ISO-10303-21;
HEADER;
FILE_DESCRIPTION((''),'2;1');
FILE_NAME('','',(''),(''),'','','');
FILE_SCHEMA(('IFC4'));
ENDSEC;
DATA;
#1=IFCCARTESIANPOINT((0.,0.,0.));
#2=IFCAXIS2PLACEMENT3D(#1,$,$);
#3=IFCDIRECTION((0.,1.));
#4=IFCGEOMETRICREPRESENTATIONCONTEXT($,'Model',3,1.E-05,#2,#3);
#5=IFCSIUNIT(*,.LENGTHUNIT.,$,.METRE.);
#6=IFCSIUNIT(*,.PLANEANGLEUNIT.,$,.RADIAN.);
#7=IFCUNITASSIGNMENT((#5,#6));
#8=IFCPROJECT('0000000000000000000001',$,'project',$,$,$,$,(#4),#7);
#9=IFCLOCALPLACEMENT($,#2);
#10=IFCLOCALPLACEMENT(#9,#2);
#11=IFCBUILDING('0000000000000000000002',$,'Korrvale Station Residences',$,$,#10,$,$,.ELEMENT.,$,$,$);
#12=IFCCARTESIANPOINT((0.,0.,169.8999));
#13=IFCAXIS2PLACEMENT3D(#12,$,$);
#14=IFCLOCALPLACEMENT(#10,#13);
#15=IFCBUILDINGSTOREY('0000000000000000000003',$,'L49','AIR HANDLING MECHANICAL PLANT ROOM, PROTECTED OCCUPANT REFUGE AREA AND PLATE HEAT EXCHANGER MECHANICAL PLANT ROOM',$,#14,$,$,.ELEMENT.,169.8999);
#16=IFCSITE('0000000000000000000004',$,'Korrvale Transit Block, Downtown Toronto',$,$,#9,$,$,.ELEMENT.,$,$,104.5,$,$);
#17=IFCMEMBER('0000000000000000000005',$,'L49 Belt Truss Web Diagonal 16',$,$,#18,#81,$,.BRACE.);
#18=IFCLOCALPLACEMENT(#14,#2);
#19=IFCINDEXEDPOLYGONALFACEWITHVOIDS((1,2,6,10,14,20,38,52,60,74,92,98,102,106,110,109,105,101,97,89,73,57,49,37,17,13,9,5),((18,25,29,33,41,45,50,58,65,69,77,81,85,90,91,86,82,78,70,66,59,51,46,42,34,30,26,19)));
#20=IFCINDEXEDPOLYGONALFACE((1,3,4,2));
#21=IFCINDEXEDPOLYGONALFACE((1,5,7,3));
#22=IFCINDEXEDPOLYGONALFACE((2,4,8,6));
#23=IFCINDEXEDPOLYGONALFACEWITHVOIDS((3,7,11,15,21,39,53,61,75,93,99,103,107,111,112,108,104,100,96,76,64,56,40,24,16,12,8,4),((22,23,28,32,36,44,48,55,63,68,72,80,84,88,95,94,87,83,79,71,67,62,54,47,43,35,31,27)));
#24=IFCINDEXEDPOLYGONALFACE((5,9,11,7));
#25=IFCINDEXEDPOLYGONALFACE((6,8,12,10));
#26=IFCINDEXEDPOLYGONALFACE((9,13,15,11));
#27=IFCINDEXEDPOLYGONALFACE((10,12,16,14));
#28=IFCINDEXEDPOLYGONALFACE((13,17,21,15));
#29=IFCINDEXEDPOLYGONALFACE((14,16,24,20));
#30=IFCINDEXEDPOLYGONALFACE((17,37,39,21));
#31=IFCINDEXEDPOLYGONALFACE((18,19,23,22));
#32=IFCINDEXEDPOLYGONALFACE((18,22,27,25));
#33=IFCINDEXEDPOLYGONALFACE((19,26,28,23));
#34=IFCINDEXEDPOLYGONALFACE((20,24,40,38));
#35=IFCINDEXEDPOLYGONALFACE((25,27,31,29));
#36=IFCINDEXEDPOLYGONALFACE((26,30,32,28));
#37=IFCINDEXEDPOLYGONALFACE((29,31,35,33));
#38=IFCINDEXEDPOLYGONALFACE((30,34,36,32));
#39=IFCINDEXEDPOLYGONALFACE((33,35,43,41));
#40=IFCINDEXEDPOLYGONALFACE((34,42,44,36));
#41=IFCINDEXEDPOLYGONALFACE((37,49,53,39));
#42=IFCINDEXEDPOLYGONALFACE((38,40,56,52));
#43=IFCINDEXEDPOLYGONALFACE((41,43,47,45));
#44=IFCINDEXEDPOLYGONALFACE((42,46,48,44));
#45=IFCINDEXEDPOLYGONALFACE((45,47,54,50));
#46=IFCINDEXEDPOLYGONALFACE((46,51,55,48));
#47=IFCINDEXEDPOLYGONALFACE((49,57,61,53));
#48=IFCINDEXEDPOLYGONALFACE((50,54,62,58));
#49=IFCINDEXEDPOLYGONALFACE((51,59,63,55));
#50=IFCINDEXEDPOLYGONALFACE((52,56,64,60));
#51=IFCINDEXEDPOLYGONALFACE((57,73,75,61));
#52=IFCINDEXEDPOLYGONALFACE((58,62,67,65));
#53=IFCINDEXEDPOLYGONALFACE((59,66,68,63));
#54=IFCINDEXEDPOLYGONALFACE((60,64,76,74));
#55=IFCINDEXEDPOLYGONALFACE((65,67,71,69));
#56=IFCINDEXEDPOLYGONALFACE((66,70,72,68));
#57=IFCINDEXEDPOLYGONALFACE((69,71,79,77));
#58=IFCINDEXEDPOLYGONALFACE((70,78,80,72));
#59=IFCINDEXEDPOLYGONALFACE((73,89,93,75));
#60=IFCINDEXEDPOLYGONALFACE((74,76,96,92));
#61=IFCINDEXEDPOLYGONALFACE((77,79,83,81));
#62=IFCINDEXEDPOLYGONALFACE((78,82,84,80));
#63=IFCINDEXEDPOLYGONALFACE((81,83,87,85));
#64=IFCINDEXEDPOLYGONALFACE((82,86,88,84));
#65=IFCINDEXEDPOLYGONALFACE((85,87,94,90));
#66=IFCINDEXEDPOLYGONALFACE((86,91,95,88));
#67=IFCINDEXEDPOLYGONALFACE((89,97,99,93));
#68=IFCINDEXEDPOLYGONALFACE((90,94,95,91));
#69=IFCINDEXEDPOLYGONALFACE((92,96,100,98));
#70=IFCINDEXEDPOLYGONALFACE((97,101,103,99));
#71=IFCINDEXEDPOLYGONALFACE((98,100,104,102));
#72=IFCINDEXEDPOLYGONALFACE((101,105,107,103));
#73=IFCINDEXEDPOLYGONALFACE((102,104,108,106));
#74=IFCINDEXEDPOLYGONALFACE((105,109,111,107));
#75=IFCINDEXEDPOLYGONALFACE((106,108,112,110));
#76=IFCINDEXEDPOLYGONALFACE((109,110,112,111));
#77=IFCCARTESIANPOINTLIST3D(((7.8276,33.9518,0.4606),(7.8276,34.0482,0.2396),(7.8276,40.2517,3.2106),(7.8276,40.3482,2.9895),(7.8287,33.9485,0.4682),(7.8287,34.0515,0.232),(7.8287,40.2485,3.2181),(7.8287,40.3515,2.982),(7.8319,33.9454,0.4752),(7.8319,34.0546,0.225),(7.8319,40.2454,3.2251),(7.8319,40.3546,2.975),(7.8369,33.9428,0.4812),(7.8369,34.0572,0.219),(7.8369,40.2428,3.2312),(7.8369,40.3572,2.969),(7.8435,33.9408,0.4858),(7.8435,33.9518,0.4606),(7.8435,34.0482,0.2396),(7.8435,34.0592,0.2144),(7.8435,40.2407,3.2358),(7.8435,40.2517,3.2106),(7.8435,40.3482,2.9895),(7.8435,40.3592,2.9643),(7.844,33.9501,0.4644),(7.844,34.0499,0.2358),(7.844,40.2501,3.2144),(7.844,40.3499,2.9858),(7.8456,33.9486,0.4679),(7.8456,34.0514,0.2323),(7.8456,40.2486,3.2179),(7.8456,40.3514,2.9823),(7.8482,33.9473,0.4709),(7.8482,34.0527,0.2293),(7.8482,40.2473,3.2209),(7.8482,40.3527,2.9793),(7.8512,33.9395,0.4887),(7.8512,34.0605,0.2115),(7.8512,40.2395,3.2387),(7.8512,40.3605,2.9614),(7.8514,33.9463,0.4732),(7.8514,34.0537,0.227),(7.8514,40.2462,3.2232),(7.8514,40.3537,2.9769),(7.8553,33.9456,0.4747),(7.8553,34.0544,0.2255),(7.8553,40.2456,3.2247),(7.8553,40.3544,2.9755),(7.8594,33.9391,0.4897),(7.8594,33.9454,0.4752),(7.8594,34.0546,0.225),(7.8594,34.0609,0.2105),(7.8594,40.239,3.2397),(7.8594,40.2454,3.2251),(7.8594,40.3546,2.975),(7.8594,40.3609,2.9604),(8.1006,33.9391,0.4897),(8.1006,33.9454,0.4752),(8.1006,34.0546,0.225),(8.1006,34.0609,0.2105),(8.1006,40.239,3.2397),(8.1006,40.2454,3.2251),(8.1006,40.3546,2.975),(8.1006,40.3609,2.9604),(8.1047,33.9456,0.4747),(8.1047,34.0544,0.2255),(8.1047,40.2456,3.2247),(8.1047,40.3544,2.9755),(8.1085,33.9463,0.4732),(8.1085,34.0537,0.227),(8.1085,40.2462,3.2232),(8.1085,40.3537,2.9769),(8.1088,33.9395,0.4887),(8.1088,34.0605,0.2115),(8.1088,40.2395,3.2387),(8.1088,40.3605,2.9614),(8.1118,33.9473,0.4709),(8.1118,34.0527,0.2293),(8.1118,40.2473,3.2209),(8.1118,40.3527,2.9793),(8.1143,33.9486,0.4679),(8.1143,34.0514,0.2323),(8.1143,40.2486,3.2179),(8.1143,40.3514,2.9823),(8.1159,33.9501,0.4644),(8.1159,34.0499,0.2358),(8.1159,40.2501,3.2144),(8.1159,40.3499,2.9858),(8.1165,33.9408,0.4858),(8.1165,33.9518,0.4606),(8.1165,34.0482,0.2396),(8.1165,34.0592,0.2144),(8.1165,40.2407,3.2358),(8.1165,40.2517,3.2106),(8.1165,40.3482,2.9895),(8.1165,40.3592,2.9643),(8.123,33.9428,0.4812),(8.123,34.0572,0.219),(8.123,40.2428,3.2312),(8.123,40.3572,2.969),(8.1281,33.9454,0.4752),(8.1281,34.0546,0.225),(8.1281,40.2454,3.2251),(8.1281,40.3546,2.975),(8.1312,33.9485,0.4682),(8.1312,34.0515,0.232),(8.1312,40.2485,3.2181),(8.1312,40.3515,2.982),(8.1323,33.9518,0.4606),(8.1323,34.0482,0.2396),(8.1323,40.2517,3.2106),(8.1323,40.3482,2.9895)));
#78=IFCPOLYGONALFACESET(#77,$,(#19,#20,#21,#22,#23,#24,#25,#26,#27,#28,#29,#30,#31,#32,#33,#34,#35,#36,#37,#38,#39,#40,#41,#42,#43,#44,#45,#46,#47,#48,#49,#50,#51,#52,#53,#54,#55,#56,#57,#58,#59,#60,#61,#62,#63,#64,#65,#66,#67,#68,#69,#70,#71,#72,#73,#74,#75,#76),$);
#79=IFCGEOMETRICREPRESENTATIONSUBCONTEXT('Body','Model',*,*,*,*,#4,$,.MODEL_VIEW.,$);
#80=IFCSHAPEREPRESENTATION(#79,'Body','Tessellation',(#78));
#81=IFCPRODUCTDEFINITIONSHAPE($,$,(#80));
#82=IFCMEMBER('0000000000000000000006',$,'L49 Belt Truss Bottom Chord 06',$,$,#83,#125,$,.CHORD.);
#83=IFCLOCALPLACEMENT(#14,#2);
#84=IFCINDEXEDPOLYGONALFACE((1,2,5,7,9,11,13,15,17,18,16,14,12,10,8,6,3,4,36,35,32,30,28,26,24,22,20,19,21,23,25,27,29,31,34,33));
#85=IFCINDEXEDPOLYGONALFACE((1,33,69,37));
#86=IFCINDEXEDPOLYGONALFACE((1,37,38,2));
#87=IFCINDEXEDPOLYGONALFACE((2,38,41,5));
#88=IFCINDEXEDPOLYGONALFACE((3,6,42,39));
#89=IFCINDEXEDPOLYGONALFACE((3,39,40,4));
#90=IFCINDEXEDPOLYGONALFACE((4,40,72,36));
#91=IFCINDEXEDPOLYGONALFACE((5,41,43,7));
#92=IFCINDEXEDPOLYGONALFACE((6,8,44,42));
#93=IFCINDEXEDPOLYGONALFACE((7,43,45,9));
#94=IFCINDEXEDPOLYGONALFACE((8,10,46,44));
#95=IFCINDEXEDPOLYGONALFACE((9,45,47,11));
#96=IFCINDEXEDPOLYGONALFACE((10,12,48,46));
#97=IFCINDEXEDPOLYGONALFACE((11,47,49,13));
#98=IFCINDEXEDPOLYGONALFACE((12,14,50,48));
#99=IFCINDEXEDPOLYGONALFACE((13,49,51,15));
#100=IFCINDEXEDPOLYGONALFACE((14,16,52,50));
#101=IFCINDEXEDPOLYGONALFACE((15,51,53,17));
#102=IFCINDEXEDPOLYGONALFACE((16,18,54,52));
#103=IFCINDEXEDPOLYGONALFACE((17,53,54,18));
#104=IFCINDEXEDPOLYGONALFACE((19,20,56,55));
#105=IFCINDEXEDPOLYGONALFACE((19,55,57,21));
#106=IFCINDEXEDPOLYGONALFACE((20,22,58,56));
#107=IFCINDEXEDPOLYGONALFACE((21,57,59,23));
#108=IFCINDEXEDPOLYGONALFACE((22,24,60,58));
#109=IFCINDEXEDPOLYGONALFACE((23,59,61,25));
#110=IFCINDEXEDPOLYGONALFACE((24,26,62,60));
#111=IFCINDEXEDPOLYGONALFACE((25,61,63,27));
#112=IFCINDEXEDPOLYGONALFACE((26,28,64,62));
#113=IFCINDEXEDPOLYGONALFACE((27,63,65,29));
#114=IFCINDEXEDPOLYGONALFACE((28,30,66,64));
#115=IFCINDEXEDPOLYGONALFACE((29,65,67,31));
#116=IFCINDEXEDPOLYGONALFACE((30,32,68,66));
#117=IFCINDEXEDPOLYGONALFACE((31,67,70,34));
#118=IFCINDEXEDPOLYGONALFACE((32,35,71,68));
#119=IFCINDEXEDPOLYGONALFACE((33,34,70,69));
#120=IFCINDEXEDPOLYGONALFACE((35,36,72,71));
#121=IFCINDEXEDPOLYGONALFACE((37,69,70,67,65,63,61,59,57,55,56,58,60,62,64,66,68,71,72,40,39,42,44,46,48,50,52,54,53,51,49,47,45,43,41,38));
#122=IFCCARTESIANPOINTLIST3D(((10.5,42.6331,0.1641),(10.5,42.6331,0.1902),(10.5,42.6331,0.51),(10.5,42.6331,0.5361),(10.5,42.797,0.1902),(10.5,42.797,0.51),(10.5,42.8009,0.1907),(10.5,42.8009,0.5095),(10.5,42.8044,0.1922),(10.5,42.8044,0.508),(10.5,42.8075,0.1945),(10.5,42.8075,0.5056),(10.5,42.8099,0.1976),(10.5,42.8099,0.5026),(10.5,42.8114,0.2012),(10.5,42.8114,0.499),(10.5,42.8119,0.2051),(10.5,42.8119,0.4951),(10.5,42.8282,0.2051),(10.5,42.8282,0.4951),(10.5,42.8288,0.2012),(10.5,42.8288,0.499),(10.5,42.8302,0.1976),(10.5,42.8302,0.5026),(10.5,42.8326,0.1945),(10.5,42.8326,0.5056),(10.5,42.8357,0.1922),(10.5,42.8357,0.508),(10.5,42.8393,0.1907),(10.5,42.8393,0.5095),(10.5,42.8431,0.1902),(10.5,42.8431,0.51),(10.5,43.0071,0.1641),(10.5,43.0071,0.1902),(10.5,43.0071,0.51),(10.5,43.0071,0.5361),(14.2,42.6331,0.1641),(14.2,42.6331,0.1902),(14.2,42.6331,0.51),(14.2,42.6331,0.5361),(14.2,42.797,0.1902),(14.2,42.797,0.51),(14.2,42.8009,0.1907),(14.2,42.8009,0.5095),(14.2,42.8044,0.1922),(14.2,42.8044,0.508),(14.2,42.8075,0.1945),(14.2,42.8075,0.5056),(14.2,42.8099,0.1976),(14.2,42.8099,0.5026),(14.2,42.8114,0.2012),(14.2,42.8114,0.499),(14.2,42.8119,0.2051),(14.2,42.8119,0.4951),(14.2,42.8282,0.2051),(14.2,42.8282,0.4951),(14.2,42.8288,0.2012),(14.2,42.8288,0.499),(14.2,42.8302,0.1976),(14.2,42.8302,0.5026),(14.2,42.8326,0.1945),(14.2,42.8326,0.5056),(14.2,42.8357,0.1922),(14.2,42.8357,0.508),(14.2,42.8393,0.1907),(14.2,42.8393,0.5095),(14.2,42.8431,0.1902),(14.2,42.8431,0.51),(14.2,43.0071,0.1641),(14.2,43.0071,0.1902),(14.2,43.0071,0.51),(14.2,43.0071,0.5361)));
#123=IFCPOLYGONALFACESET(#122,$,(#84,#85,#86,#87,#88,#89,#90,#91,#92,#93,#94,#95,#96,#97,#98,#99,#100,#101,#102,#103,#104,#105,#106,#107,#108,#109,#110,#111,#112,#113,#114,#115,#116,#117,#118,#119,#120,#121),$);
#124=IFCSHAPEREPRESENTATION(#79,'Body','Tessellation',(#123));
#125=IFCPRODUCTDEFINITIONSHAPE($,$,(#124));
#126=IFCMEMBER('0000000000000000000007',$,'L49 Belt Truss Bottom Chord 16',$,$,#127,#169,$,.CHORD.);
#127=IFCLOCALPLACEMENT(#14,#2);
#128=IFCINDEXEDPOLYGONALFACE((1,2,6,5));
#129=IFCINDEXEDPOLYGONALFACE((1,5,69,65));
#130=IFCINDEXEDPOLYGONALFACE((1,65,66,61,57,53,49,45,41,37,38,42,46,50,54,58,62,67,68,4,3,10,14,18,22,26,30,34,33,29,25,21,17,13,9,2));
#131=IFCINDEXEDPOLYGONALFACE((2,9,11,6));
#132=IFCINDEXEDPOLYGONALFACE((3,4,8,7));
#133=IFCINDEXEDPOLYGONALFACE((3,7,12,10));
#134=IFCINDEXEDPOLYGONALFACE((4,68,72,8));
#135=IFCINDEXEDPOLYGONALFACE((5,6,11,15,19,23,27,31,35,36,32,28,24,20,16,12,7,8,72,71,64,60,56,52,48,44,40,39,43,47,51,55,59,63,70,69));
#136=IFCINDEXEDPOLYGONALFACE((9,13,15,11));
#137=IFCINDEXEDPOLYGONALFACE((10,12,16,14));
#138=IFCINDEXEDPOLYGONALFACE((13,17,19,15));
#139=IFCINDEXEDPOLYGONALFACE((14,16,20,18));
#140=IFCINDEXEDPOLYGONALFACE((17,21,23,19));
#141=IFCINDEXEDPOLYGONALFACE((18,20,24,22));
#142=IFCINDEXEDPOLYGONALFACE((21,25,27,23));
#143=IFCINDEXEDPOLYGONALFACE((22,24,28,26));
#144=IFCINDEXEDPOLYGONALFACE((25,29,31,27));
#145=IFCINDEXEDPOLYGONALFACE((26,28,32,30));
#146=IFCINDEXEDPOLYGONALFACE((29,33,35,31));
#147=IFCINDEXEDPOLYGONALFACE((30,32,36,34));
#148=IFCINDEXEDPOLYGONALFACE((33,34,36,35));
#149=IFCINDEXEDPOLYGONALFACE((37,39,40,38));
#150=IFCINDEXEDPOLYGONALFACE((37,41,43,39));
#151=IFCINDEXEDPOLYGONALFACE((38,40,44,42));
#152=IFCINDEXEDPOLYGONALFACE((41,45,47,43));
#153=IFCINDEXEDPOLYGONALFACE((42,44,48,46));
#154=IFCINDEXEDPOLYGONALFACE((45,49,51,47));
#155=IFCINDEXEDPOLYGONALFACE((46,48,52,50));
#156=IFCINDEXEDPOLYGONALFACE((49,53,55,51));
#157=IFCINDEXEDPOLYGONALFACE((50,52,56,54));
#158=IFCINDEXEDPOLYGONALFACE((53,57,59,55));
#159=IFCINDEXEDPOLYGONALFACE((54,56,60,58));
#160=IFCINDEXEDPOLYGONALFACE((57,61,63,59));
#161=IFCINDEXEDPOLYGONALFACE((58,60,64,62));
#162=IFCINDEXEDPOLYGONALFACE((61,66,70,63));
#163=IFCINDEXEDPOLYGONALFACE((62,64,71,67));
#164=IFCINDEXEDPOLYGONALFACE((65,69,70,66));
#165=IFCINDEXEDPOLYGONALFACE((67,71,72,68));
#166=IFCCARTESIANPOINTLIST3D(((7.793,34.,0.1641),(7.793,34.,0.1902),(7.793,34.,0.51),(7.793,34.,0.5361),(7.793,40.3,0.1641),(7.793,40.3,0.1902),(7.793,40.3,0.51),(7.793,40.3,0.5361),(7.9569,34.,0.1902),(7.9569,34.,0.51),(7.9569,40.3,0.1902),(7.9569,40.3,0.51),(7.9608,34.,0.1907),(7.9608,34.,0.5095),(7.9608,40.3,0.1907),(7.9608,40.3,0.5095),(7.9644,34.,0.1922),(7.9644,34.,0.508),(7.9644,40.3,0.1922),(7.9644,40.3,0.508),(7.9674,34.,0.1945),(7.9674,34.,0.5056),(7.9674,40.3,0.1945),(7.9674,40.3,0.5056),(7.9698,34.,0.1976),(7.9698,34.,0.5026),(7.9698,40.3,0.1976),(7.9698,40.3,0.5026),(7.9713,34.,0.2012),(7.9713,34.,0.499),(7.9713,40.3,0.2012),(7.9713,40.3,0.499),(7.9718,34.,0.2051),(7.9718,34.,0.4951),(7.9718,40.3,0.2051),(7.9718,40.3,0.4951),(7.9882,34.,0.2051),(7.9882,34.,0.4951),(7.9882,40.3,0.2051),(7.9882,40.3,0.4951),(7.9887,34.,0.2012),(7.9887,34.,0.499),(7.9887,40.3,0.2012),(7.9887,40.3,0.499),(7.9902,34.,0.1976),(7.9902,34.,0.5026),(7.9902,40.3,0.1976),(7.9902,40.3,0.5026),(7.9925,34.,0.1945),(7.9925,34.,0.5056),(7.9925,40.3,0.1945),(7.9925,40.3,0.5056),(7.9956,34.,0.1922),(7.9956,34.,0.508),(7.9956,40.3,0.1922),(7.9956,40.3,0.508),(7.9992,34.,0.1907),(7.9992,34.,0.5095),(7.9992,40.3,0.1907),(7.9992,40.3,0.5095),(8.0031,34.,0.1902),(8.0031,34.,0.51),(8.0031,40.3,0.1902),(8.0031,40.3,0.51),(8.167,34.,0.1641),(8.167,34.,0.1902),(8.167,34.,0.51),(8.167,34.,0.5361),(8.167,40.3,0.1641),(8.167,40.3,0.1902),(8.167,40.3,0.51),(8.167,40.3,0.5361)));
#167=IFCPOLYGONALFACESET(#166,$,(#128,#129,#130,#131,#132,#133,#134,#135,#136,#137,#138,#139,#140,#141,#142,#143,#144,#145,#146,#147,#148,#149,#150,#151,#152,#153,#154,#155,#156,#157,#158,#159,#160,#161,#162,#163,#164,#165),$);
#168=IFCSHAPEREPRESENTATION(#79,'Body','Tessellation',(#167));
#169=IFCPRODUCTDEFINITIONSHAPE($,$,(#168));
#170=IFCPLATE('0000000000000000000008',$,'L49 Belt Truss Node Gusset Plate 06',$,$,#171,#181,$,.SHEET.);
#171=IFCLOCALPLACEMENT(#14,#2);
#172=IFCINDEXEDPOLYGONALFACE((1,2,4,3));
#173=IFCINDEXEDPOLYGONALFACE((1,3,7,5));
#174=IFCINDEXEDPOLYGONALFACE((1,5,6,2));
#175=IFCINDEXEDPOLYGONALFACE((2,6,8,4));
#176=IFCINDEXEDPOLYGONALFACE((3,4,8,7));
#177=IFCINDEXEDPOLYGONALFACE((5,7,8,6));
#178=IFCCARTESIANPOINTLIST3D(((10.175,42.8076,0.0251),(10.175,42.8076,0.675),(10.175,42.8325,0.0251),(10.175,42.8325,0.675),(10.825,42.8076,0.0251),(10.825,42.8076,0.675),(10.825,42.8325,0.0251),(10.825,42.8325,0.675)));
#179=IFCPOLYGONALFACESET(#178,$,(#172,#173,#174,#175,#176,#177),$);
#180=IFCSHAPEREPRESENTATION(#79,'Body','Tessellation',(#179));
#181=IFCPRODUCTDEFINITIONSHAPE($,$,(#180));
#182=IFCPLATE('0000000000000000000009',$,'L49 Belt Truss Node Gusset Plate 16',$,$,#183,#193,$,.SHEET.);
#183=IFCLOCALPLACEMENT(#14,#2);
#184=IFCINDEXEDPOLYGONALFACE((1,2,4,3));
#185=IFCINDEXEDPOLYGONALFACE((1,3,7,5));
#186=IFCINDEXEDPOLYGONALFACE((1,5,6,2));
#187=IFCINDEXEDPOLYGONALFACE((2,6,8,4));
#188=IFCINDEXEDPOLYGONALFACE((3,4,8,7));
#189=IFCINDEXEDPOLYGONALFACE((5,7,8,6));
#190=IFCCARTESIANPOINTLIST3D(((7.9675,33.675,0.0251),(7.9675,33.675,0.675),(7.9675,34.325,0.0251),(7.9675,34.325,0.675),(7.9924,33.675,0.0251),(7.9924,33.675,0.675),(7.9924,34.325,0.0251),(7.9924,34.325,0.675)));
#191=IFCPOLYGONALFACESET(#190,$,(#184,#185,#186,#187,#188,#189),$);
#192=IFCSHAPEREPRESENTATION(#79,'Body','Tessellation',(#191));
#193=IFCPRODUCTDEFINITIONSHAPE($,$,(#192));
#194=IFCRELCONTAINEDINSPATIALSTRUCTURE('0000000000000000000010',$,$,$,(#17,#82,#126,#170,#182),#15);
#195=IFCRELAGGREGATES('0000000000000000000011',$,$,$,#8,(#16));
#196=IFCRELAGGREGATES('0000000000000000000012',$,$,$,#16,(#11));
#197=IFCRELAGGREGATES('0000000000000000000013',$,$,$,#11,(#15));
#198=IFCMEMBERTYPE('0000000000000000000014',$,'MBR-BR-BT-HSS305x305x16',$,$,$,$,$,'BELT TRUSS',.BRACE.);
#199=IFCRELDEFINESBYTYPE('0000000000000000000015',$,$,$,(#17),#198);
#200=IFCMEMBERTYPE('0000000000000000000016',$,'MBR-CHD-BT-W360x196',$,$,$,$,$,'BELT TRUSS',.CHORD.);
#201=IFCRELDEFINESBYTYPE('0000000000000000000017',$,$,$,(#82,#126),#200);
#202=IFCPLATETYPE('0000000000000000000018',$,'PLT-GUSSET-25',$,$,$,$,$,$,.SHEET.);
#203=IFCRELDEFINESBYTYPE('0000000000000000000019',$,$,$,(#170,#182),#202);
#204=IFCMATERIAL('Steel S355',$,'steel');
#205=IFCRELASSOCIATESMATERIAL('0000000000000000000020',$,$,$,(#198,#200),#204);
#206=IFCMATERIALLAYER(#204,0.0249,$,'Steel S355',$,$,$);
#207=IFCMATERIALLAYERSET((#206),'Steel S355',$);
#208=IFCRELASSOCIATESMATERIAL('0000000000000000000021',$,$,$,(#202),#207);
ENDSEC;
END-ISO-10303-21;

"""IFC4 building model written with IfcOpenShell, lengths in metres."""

from ifc_helpers import new_model, si_unit, direction, frame, origin, origin_2d, place, context, subcontext, project, spatial, rectangle, hollow_rectangle, i_section, extrude, material, layer, layer_set, material_profile, profile_set, type_object, element, save


model = new_model("IFC4")

# Units and contexts
model_context = context("Model", 3, precision=1e-05, world=origin(), true_north=direction((0.0, 1.0)))
body_context = subcontext(model_context, "Body", "Model", "MODEL_VIEW")
ifc_project = project(units=[si_unit("LENGTHUNIT", "METRE"), si_unit("PLANEANGLEUNIT", "RADIAN")], contexts=[model_context])

# Site, building, storey
site_placement = place(None, origin())
site = spatial("IfcSite", under=ifc_project, at=site_placement, Name="Korrvale Transit Block, Downtown Toronto", CompositionType="ELEMENT", RefElevation=104.5)
building_placement = place(site_placement, origin())
building = spatial("IfcBuilding", under=site, at=building_placement, Name="Korrvale Station Residences", CompositionType="ELEMENT")
storey_placement = place(building_placement, frame((0.0, 0.0, 169.8999)))
storey = spatial("IfcBuildingStorey", under=building, at=storey_placement, Name="L49", Description="AIR HANDLING MECHANICAL PLANT ROOM, PROTECTED OCCUPANT REFUGE AREA AND PLATE HEAT EXCHANGER MECHANICAL PLANT ROOM", CompositionType="ELEMENT", Elevation=169.8999)

# Members
ifc_material_1 = material(Name="Steel S355", Category="steel")
ifc_material_profile_1 = material_profile(ifc_material_1, hollow_rectangle(XDim=0.3047, YDim=0.3047, WallThickness=0.0159, InnerFilletRadius=0.0159, OuterFilletRadius=0.0317, at=origin_2d()), Name="HSS305x305x16")
ifc_profile_set_1 = profile_set([ifc_material_profile_1], Name="Steel S355")
member_type_1 = type_object("IfcMemberType", Name="MBR-BR-BT-HSS305x305x16", ElementType="BELT TRUSS", PredefinedType="BRACE", material=ifc_profile_set_1)
member_1_placement = place(storey_placement, frame((7.98, 34.0, 0.3501), z_axis=(0.0, 0.916492, 0.400053), x_axis=(-1.0, 0.0, 0.0)))
element("IfcMember", 1, at=member_1_placement, inside=storey, type_object=member_type_1, Name="L49 Belt Truss Web Diagonal 16", PredefinedType="BRACE", context=body_context, shape_type="SweptSolid", body=[
    extrude(hollow_rectangle(XDim=0.3047, YDim=0.3047, WallThickness=0.0159, InnerFilletRadius=0.0159, OuterFilletRadius=0.0317, at=origin_2d()), origin(), (0.0, 0.0, 1.0), 6.874),
])
ifc_material_profile_2 = material_profile(ifc_material_1, i_section(OverallWidth=0.374, OverallDepth=0.3721, WebThickness=0.0164, FlangeThickness=0.0261, FilletRadius=0.0149, at=origin_2d()), Name="W360x196")
ifc_profile_set_2 = profile_set([ifc_material_profile_2], Name="Steel S355")
member_type_2 = type_object("IfcMemberType", Name="MBR-CHD-BT-W360x196", ElementType="BELT TRUSS", PredefinedType="CHORD", material=ifc_profile_set_2)
member_2_placement = place(storey_placement, frame((10.5, 42.8201, 0.3501), z_axis=(1.0, 0.0, 0.0), x_axis=(0.0, 1.0, 0.0)))
element("IfcMember", 2, at=member_2_placement, inside=storey, type_object=member_type_2, Name="L49 Belt Truss Bottom Chord 06", PredefinedType="CHORD", context=body_context, shape_type="SweptSolid", body=[
    extrude(i_section(OverallWidth=0.374, OverallDepth=0.3721, WebThickness=0.0164, FlangeThickness=0.0261, FilletRadius=0.0149, at=origin_2d()), origin(), (0.0, 0.0, 1.0), 3.7),
])
member_3_placement = place(storey_placement, frame((7.98, 34.0, 0.3501), z_axis=(0.0, 1.0, 0.0), x_axis=(-1.0, 0.0, 0.0)))
element("IfcMember", 3, at=member_3_placement, inside=storey, type_object=member_type_2, Name="L49 Belt Truss Bottom Chord 16", PredefinedType="CHORD", context=body_context, shape_type="SweptSolid", body=[
    extrude(i_section(OverallWidth=0.374, OverallDepth=0.3721, WebThickness=0.0164, FlangeThickness=0.0261, FilletRadius=0.0149, at=origin_2d()), origin(), (0.0, 0.0, 1.0), 6.3),
])

# Plates
ifc_layer_1 = layer(ifc_material_1, 0.0249, Name="Steel S355")
ifc_layer_set_1 = layer_set([ifc_layer_1], Name="Steel S355")
plate_type = type_object("IfcPlateType", Name="PLT-GUSSET-25", PredefinedType="SHEET", material=ifc_layer_set_1)
for number, where, z_axis, x_axis, name in (
    (4, (10.5, 42.8201, 0.0251), (0.0, 0.0, 1.0), (1.0, 0.0, 0.0), "L49 Belt Truss Node Gusset Plate 06"),
    (5, (7.98, 34.0, 0.0251), (0.0, 0.0, 1.0), (0.0, 1.0, 0.0), "L49 Belt Truss Node Gusset Plate 16"),
):
    element("IfcPlate", number, at=place(storey_placement, frame(where, z_axis=z_axis, x_axis=x_axis)), inside=storey, type_object=plate_type, Name=name, PredefinedType="SHEET", context=body_context, shape_type="SweptSolid", body=[
        extrude(rectangle(XDim=0.6499, YDim=0.0249, at=origin_2d()), origin(), (0.0, 0.0, 1.0), 0.6499),
    ])

save(model, "model.ifc")
